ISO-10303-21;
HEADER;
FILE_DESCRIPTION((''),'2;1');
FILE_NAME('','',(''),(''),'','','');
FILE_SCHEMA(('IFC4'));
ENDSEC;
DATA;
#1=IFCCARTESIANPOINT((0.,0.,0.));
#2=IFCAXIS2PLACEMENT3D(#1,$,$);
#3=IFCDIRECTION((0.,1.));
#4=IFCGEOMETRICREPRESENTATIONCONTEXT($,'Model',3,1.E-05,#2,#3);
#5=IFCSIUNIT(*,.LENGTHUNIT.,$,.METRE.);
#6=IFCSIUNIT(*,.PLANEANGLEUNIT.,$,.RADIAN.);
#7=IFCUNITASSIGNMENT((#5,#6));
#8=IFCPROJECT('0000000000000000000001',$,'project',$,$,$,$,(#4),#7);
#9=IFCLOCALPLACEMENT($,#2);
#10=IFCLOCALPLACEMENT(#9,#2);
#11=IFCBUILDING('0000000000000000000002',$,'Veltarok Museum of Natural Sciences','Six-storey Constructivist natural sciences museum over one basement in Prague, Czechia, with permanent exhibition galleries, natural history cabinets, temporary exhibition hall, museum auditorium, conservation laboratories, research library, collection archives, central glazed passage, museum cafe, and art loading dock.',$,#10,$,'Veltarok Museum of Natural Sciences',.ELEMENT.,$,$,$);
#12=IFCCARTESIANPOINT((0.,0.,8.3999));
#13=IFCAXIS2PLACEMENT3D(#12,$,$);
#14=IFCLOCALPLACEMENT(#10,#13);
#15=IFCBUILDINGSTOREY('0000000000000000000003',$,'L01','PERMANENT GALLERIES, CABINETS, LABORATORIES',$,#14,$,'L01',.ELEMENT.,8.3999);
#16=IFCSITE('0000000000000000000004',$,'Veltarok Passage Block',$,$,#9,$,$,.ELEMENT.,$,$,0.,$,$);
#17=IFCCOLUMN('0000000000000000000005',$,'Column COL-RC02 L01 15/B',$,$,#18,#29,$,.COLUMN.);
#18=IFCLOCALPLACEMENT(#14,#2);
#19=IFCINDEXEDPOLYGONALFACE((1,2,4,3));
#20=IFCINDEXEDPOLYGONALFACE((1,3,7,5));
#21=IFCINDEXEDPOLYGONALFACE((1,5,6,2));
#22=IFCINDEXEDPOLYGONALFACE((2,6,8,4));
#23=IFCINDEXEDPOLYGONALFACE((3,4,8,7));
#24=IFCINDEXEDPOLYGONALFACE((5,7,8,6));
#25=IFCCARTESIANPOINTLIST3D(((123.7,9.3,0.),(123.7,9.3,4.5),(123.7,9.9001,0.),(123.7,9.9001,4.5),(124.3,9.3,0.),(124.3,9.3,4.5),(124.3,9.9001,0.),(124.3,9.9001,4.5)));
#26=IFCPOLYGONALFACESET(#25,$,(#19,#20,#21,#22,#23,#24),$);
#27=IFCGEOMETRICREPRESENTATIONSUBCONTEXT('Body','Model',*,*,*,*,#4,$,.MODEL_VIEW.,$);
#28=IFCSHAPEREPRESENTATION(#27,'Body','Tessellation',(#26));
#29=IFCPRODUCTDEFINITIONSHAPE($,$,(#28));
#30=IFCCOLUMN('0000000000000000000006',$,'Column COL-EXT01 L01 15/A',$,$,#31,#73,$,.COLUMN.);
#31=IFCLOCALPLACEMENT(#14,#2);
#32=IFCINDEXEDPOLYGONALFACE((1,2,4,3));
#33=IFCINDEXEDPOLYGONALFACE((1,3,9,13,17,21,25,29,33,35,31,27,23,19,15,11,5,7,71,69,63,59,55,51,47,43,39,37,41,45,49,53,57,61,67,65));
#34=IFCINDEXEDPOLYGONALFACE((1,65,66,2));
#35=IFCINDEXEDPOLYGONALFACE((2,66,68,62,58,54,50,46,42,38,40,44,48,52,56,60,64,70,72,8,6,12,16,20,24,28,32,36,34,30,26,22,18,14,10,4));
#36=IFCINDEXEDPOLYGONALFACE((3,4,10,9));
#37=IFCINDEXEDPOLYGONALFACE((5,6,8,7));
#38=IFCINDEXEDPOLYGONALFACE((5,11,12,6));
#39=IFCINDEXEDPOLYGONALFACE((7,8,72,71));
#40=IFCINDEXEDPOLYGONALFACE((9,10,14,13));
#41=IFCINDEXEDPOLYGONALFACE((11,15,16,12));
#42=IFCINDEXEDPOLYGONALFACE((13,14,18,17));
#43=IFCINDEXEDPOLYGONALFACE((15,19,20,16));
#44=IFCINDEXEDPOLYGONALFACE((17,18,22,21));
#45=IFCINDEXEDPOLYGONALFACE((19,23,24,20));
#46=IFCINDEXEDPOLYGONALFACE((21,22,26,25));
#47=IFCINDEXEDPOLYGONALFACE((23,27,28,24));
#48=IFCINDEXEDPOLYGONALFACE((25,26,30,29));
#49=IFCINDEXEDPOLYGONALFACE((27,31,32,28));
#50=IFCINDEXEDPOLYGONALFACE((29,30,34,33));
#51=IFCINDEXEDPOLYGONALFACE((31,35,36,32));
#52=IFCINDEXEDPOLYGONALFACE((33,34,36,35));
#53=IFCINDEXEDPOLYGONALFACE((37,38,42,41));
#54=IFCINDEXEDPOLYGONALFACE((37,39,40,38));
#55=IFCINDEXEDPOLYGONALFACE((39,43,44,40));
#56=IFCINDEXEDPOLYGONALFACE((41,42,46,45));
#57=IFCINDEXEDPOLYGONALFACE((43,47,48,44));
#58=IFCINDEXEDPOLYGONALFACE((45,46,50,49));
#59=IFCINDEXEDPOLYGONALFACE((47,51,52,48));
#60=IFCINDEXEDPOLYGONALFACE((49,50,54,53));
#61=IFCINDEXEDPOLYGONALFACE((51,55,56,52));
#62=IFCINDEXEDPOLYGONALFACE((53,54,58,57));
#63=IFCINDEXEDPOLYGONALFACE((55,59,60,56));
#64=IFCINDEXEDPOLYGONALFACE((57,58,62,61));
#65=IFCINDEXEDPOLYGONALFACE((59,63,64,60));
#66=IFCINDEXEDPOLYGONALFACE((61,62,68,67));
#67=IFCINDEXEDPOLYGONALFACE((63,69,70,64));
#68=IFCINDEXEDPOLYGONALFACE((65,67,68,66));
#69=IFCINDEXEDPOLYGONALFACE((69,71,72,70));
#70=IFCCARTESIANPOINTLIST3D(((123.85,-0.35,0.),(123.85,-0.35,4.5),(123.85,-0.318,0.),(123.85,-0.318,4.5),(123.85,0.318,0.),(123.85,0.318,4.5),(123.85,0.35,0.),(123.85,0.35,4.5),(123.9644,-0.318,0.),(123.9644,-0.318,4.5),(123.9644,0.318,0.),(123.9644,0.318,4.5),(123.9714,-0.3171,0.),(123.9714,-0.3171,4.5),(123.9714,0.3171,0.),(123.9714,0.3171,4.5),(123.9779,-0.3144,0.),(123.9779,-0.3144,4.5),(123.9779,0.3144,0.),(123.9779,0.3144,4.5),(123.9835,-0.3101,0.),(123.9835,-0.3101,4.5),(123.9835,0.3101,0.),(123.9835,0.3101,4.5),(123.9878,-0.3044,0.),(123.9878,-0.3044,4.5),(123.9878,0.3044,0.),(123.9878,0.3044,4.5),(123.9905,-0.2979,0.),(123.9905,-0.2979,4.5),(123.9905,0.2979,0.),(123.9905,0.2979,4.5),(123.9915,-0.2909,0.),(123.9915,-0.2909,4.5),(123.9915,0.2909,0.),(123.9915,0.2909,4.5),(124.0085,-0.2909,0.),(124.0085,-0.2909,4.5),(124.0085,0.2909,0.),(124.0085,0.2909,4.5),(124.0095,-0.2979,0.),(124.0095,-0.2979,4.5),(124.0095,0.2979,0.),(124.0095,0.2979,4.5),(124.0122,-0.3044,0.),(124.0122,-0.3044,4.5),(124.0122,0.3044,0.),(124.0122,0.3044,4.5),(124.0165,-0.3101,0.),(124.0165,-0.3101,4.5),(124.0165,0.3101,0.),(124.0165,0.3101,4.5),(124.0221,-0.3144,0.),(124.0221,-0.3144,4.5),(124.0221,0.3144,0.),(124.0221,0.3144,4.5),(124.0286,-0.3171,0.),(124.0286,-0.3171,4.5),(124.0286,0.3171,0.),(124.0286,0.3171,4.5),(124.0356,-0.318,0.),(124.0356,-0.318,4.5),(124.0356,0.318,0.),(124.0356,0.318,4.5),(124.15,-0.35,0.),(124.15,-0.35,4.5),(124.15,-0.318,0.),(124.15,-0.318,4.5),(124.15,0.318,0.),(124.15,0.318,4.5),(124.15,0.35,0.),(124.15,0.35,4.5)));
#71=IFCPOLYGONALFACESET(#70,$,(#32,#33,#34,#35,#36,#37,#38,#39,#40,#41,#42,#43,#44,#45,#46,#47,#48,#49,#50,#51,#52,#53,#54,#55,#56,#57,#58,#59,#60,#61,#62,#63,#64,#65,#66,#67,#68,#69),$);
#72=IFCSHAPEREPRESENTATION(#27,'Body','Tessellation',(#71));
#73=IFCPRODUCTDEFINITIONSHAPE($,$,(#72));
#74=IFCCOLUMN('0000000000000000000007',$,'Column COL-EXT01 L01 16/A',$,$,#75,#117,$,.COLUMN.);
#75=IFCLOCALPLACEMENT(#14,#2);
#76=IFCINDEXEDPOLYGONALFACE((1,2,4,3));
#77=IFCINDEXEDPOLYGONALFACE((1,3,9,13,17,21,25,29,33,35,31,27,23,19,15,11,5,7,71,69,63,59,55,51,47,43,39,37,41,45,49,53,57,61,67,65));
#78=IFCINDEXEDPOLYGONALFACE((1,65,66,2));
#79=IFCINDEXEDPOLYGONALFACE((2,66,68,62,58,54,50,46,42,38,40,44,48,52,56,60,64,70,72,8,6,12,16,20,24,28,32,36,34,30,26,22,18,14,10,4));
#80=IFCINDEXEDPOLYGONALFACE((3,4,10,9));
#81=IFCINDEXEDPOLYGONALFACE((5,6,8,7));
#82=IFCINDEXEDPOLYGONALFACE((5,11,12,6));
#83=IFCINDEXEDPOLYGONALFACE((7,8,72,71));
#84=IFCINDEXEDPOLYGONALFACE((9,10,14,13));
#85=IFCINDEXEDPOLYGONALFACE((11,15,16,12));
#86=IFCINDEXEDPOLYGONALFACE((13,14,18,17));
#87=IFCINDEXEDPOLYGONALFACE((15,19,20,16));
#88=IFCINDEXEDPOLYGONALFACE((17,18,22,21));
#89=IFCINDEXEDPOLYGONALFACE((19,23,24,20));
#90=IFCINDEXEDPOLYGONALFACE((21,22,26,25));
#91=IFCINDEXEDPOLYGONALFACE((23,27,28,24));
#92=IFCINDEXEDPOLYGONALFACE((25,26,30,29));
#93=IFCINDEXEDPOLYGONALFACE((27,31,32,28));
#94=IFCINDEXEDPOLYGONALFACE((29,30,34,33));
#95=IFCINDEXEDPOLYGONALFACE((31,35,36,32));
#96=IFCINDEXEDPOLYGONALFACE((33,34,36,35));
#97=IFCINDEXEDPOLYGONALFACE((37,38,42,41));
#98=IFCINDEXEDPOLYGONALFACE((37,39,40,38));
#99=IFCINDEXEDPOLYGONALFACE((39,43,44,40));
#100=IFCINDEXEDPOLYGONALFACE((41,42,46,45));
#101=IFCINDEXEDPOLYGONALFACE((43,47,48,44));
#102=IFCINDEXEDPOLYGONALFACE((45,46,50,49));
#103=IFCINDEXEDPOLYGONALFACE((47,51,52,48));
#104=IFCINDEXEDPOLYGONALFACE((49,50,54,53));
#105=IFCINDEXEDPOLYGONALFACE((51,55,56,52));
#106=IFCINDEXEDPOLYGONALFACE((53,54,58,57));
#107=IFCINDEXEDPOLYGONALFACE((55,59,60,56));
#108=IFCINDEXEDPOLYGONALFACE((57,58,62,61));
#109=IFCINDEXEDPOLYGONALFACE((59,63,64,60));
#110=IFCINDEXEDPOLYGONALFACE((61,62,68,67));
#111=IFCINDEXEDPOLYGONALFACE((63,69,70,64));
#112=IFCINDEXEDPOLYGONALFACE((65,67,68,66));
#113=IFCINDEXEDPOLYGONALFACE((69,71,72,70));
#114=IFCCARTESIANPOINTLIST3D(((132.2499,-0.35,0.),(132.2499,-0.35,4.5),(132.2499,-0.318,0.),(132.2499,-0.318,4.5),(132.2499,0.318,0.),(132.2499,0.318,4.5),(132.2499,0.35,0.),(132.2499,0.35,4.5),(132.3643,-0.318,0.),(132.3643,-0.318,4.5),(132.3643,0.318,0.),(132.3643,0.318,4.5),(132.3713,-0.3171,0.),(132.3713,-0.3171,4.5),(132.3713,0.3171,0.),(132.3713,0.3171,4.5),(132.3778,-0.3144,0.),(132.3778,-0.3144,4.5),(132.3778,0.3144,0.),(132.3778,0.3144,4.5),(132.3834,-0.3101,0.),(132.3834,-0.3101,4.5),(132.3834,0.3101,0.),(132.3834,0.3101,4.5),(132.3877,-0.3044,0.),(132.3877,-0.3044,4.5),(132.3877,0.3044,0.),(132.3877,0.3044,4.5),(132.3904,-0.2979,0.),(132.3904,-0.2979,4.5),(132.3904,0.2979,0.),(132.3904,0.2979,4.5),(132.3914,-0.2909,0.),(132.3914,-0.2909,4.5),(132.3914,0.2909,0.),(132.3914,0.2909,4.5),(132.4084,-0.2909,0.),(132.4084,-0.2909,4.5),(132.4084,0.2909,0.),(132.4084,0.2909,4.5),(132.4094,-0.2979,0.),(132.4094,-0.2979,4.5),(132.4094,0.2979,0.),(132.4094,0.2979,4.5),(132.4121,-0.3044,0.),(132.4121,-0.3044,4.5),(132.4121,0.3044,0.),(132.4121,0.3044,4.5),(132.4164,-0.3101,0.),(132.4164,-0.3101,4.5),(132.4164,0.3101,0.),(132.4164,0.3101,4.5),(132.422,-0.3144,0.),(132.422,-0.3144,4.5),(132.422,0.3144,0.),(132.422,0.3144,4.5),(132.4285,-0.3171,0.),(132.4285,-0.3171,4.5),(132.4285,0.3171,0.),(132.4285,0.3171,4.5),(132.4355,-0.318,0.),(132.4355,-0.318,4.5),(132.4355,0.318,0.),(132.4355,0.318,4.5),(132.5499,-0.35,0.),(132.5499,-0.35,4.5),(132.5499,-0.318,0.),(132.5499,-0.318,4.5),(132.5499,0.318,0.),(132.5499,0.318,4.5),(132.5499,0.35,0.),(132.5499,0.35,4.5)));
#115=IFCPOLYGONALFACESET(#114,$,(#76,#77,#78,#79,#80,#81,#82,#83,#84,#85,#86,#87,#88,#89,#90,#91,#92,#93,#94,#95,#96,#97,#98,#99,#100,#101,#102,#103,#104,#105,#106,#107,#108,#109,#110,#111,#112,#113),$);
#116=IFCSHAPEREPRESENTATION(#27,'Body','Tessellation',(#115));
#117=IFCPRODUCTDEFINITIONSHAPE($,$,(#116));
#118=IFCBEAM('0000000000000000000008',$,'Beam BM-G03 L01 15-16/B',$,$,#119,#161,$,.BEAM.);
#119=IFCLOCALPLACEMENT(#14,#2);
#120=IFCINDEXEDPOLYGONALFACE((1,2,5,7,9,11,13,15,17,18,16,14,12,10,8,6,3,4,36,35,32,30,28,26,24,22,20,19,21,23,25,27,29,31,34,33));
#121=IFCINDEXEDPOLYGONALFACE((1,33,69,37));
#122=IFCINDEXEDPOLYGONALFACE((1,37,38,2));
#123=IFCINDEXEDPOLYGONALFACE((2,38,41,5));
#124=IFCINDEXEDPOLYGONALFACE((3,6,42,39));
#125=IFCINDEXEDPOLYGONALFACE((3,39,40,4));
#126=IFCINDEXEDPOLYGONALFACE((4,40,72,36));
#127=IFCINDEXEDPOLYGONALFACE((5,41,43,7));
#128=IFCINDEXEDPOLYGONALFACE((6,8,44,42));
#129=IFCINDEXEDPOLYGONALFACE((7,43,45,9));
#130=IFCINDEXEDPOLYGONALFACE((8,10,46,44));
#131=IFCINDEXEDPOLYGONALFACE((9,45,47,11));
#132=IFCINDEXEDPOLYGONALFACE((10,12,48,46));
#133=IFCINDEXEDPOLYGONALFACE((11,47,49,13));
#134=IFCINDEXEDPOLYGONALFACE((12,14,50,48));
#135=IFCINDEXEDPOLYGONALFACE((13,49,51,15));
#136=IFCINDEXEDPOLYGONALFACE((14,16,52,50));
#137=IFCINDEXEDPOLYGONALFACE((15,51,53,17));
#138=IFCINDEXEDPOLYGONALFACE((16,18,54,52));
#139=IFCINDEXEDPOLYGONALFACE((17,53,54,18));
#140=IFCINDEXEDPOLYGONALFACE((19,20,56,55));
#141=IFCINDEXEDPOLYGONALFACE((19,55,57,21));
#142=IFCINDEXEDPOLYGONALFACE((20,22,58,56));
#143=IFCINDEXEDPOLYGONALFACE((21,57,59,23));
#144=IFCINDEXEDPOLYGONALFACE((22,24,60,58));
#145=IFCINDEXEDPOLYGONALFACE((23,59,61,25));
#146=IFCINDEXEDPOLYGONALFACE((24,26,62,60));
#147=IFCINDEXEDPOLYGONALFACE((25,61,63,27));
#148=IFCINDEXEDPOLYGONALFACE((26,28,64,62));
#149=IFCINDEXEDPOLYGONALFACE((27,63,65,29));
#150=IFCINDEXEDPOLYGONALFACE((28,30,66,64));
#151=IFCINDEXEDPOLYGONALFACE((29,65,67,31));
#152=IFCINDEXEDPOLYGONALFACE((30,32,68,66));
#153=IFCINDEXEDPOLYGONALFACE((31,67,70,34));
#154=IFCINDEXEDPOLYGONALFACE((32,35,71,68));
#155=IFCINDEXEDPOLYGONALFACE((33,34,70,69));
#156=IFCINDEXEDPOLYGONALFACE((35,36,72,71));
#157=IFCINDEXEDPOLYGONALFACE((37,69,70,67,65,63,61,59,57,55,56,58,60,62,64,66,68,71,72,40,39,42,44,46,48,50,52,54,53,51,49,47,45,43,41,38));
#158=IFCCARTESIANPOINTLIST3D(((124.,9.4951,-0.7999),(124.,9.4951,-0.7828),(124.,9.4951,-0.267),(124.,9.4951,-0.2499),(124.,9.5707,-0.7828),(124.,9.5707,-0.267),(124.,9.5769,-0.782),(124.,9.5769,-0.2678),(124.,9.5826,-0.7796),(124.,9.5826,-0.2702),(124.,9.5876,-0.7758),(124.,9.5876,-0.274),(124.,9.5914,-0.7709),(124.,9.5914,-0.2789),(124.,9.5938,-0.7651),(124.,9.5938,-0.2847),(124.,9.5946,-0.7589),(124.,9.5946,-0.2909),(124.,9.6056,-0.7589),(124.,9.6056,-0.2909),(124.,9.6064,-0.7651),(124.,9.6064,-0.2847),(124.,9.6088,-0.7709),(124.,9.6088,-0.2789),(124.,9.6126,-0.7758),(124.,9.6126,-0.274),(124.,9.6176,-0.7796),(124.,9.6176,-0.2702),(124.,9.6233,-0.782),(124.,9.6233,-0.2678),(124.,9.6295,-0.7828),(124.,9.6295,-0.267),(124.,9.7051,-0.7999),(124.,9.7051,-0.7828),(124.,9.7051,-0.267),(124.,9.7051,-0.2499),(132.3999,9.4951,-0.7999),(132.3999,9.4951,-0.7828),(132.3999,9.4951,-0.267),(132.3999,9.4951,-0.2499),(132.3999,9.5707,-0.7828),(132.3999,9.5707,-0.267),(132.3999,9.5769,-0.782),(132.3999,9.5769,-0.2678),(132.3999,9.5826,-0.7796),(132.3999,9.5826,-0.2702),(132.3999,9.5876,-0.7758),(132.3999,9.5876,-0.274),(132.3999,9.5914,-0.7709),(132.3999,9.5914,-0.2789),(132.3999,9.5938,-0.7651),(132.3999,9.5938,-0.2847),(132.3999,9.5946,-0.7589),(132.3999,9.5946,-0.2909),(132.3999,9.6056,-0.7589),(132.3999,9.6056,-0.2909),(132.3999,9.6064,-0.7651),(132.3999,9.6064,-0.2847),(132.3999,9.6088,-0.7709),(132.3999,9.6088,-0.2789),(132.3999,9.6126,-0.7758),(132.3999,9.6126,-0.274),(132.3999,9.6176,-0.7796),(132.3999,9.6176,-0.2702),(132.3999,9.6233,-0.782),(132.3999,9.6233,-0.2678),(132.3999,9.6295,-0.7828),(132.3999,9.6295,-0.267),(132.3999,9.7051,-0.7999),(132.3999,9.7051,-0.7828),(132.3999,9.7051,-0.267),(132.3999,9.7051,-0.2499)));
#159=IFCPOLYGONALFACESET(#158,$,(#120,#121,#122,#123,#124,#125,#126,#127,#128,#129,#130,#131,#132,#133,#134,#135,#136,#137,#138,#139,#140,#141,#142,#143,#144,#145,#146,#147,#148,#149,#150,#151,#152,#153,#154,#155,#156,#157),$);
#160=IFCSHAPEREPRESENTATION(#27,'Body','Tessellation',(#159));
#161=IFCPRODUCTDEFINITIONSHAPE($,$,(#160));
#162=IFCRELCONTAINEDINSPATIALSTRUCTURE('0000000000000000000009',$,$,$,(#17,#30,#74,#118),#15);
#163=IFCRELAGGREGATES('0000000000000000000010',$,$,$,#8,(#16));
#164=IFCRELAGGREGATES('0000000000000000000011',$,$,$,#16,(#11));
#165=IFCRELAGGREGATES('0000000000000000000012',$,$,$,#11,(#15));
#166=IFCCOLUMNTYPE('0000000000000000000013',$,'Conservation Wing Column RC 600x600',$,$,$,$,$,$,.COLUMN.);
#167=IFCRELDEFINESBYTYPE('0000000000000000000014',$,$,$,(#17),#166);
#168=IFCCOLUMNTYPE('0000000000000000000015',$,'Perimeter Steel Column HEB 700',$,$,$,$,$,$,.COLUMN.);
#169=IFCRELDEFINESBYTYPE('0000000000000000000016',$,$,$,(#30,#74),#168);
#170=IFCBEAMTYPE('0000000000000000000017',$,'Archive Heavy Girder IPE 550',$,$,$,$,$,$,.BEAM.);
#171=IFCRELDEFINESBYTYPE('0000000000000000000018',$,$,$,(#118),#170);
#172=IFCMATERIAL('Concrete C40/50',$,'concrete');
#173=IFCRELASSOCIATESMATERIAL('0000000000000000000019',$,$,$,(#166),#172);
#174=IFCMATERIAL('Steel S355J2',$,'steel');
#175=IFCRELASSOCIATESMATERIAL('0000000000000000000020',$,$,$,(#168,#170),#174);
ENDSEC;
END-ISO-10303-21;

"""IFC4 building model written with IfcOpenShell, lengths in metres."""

from ifc_helpers import new_model, si_unit, direction, frame, origin, origin_2d, place, context, subcontext, project, spatial, rectangle, i_section, extrude, material, material_profile, profile_set, type_object, element, save


model = new_model("IFC4")

# Units and contexts
model_context = context("Model", 3, precision=1e-05, world=origin(), true_north=direction((0.0, 1.0)))
body_context = subcontext(model_context, "Body", "Model", "MODEL_VIEW")
ifc_project = project(units=[si_unit("LENGTHUNIT", "METRE"), si_unit("PLANEANGLEUNIT", "RADIAN")], contexts=[model_context])

# Site, building, storey
site_placement = place(None, origin())
site = spatial("IfcSite", under=ifc_project, at=site_placement, Name="Veltarok Passage Block", CompositionType="ELEMENT", RefElevation=0.0)
building_placement = place(site_placement, origin())
building = spatial("IfcBuilding", under=site, at=building_placement, Name="Veltarok Museum of Natural Sciences", Description="Six-storey Constructivist natural sciences museum over one basement in Prague, Czechia, with permanent exhibition galleries, natural history cabinets, temporary exhibition hall, museum auditorium, conservation laboratories, research library, collection archives, central glazed passage, museum cafe, and art loading dock.", LongName="Veltarok Museum of Natural Sciences", CompositionType="ELEMENT")
storey_placement = place(building_placement, frame((0.0, 0.0, 8.3999)))
storey = spatial("IfcBuildingStorey", under=building, at=storey_placement, Name="L01", Description="PERMANENT GALLERIES, CABINETS, LABORATORIES", LongName="L01", CompositionType="ELEMENT", Elevation=8.3999)

# Columns
ifc_material_1 = material(Name="Concrete C40/50", Category="concrete")
ifc_material_profile_1 = material_profile(ifc_material_1, rectangle(XDim=0.6001, YDim=0.6001, at=origin_2d()), Name="RC 600x600")
ifc_profile_set_1 = profile_set([ifc_material_profile_1], Name="Concrete C40/50")
column_type_1 = type_object("IfcColumnType", Name="Conservation Wing Column RC 600x600", PredefinedType="COLUMN", material=ifc_profile_set_1)
column_placement = place(storey_placement, frame((124.0, 9.6001, 0.0), z_axis=(0.0, 0.0, 1.0), x_axis=(1.0, 0.0, 0.0)))
element("IfcColumn", 1, at=column_placement, inside=storey, type_object=column_type_1, Name="Column COL-RC02 L01 15/B", PredefinedType="COLUMN", context=body_context, shape_type="SweptSolid", body=[
    extrude(rectangle(XDim=0.6001, YDim=0.6001, at=origin_2d()), origin(), (0.0, 0.0, 1.0), 4.5),
])
ifc_material_2 = material(Name="Steel S355J2", Category="steel")
ifc_material_profile_2 = material_profile(ifc_material_2, i_section(OverallWidth=0.3, OverallDepth=0.7, WebThickness=0.0171, FlangeThickness=0.032, FilletRadius=0.0271, at=origin_2d()), Name="HEB 700")
ifc_profile_set_2 = profile_set([ifc_material_profile_2], Name="Steel S355J2")
column_type_2 = type_object("IfcColumnType", Name="Perimeter Steel Column HEB 700", PredefinedType="COLUMN", material=ifc_profile_set_2)
for number, where, z_axis, x_axis, name in (
    (2, (124.0, 0.0, 0.0), (0.0, 0.0, 1.0), (1.0, 0.0, 0.0), "Column COL-EXT01 L01 15/A"),
    (3, (132.3999, 0.0, 0.0), (0.0, 0.0, 1.0), (1.0, 0.0, 0.0), "Column COL-EXT01 L01 16/A"),
):
    element("IfcColumn", number, at=place(storey_placement, frame(where, z_axis=z_axis, x_axis=x_axis)), inside=storey, type_object=column_type_2, Name=name, PredefinedType="COLUMN", context=body_context, shape_type="SweptSolid", body=[
        extrude(i_section(OverallWidth=0.3, OverallDepth=0.7, WebThickness=0.0171, FlangeThickness=0.032, FilletRadius=0.0271, at=origin_2d()), origin(), (0.0, 0.0, 1.0), 4.5),
    ])

# Beam
ifc_material_profile_3 = material_profile(ifc_material_2, i_section(OverallWidth=0.21, OverallDepth=0.55, WebThickness=0.011, FlangeThickness=0.0171, FilletRadius=0.0239, at=origin_2d()), Name="IPE 550")
ifc_profile_set_3 = profile_set([ifc_material_profile_3], Name="Steel S355J2")
beam_type_1 = type_object("IfcBeamType", Name="Archive Heavy Girder IPE 550", PredefinedType="BEAM", material=ifc_profile_set_3)
beam_1_placement = place(storey_placement, frame((124.0, 9.6001, -0.5249), z_axis=(1.0, 0.0, 0.0), x_axis=(0.0, 1.0, 0.0)))
element("IfcBeam", 4, at=beam_1_placement, inside=storey, type_object=beam_type_1, Name="Beam BM-G03 L01 15-16/B", PredefinedType="BEAM", context=body_context, shape_type="SweptSolid", body=[
    extrude(i_section(OverallWidth=0.21, OverallDepth=0.55, WebThickness=0.011, FlangeThickness=0.0171, FilletRadius=0.0239, at=origin_2d()), origin(), (0.0, 0.0, 1.0), 8.3999),
])

save(model, "model.ifc")
